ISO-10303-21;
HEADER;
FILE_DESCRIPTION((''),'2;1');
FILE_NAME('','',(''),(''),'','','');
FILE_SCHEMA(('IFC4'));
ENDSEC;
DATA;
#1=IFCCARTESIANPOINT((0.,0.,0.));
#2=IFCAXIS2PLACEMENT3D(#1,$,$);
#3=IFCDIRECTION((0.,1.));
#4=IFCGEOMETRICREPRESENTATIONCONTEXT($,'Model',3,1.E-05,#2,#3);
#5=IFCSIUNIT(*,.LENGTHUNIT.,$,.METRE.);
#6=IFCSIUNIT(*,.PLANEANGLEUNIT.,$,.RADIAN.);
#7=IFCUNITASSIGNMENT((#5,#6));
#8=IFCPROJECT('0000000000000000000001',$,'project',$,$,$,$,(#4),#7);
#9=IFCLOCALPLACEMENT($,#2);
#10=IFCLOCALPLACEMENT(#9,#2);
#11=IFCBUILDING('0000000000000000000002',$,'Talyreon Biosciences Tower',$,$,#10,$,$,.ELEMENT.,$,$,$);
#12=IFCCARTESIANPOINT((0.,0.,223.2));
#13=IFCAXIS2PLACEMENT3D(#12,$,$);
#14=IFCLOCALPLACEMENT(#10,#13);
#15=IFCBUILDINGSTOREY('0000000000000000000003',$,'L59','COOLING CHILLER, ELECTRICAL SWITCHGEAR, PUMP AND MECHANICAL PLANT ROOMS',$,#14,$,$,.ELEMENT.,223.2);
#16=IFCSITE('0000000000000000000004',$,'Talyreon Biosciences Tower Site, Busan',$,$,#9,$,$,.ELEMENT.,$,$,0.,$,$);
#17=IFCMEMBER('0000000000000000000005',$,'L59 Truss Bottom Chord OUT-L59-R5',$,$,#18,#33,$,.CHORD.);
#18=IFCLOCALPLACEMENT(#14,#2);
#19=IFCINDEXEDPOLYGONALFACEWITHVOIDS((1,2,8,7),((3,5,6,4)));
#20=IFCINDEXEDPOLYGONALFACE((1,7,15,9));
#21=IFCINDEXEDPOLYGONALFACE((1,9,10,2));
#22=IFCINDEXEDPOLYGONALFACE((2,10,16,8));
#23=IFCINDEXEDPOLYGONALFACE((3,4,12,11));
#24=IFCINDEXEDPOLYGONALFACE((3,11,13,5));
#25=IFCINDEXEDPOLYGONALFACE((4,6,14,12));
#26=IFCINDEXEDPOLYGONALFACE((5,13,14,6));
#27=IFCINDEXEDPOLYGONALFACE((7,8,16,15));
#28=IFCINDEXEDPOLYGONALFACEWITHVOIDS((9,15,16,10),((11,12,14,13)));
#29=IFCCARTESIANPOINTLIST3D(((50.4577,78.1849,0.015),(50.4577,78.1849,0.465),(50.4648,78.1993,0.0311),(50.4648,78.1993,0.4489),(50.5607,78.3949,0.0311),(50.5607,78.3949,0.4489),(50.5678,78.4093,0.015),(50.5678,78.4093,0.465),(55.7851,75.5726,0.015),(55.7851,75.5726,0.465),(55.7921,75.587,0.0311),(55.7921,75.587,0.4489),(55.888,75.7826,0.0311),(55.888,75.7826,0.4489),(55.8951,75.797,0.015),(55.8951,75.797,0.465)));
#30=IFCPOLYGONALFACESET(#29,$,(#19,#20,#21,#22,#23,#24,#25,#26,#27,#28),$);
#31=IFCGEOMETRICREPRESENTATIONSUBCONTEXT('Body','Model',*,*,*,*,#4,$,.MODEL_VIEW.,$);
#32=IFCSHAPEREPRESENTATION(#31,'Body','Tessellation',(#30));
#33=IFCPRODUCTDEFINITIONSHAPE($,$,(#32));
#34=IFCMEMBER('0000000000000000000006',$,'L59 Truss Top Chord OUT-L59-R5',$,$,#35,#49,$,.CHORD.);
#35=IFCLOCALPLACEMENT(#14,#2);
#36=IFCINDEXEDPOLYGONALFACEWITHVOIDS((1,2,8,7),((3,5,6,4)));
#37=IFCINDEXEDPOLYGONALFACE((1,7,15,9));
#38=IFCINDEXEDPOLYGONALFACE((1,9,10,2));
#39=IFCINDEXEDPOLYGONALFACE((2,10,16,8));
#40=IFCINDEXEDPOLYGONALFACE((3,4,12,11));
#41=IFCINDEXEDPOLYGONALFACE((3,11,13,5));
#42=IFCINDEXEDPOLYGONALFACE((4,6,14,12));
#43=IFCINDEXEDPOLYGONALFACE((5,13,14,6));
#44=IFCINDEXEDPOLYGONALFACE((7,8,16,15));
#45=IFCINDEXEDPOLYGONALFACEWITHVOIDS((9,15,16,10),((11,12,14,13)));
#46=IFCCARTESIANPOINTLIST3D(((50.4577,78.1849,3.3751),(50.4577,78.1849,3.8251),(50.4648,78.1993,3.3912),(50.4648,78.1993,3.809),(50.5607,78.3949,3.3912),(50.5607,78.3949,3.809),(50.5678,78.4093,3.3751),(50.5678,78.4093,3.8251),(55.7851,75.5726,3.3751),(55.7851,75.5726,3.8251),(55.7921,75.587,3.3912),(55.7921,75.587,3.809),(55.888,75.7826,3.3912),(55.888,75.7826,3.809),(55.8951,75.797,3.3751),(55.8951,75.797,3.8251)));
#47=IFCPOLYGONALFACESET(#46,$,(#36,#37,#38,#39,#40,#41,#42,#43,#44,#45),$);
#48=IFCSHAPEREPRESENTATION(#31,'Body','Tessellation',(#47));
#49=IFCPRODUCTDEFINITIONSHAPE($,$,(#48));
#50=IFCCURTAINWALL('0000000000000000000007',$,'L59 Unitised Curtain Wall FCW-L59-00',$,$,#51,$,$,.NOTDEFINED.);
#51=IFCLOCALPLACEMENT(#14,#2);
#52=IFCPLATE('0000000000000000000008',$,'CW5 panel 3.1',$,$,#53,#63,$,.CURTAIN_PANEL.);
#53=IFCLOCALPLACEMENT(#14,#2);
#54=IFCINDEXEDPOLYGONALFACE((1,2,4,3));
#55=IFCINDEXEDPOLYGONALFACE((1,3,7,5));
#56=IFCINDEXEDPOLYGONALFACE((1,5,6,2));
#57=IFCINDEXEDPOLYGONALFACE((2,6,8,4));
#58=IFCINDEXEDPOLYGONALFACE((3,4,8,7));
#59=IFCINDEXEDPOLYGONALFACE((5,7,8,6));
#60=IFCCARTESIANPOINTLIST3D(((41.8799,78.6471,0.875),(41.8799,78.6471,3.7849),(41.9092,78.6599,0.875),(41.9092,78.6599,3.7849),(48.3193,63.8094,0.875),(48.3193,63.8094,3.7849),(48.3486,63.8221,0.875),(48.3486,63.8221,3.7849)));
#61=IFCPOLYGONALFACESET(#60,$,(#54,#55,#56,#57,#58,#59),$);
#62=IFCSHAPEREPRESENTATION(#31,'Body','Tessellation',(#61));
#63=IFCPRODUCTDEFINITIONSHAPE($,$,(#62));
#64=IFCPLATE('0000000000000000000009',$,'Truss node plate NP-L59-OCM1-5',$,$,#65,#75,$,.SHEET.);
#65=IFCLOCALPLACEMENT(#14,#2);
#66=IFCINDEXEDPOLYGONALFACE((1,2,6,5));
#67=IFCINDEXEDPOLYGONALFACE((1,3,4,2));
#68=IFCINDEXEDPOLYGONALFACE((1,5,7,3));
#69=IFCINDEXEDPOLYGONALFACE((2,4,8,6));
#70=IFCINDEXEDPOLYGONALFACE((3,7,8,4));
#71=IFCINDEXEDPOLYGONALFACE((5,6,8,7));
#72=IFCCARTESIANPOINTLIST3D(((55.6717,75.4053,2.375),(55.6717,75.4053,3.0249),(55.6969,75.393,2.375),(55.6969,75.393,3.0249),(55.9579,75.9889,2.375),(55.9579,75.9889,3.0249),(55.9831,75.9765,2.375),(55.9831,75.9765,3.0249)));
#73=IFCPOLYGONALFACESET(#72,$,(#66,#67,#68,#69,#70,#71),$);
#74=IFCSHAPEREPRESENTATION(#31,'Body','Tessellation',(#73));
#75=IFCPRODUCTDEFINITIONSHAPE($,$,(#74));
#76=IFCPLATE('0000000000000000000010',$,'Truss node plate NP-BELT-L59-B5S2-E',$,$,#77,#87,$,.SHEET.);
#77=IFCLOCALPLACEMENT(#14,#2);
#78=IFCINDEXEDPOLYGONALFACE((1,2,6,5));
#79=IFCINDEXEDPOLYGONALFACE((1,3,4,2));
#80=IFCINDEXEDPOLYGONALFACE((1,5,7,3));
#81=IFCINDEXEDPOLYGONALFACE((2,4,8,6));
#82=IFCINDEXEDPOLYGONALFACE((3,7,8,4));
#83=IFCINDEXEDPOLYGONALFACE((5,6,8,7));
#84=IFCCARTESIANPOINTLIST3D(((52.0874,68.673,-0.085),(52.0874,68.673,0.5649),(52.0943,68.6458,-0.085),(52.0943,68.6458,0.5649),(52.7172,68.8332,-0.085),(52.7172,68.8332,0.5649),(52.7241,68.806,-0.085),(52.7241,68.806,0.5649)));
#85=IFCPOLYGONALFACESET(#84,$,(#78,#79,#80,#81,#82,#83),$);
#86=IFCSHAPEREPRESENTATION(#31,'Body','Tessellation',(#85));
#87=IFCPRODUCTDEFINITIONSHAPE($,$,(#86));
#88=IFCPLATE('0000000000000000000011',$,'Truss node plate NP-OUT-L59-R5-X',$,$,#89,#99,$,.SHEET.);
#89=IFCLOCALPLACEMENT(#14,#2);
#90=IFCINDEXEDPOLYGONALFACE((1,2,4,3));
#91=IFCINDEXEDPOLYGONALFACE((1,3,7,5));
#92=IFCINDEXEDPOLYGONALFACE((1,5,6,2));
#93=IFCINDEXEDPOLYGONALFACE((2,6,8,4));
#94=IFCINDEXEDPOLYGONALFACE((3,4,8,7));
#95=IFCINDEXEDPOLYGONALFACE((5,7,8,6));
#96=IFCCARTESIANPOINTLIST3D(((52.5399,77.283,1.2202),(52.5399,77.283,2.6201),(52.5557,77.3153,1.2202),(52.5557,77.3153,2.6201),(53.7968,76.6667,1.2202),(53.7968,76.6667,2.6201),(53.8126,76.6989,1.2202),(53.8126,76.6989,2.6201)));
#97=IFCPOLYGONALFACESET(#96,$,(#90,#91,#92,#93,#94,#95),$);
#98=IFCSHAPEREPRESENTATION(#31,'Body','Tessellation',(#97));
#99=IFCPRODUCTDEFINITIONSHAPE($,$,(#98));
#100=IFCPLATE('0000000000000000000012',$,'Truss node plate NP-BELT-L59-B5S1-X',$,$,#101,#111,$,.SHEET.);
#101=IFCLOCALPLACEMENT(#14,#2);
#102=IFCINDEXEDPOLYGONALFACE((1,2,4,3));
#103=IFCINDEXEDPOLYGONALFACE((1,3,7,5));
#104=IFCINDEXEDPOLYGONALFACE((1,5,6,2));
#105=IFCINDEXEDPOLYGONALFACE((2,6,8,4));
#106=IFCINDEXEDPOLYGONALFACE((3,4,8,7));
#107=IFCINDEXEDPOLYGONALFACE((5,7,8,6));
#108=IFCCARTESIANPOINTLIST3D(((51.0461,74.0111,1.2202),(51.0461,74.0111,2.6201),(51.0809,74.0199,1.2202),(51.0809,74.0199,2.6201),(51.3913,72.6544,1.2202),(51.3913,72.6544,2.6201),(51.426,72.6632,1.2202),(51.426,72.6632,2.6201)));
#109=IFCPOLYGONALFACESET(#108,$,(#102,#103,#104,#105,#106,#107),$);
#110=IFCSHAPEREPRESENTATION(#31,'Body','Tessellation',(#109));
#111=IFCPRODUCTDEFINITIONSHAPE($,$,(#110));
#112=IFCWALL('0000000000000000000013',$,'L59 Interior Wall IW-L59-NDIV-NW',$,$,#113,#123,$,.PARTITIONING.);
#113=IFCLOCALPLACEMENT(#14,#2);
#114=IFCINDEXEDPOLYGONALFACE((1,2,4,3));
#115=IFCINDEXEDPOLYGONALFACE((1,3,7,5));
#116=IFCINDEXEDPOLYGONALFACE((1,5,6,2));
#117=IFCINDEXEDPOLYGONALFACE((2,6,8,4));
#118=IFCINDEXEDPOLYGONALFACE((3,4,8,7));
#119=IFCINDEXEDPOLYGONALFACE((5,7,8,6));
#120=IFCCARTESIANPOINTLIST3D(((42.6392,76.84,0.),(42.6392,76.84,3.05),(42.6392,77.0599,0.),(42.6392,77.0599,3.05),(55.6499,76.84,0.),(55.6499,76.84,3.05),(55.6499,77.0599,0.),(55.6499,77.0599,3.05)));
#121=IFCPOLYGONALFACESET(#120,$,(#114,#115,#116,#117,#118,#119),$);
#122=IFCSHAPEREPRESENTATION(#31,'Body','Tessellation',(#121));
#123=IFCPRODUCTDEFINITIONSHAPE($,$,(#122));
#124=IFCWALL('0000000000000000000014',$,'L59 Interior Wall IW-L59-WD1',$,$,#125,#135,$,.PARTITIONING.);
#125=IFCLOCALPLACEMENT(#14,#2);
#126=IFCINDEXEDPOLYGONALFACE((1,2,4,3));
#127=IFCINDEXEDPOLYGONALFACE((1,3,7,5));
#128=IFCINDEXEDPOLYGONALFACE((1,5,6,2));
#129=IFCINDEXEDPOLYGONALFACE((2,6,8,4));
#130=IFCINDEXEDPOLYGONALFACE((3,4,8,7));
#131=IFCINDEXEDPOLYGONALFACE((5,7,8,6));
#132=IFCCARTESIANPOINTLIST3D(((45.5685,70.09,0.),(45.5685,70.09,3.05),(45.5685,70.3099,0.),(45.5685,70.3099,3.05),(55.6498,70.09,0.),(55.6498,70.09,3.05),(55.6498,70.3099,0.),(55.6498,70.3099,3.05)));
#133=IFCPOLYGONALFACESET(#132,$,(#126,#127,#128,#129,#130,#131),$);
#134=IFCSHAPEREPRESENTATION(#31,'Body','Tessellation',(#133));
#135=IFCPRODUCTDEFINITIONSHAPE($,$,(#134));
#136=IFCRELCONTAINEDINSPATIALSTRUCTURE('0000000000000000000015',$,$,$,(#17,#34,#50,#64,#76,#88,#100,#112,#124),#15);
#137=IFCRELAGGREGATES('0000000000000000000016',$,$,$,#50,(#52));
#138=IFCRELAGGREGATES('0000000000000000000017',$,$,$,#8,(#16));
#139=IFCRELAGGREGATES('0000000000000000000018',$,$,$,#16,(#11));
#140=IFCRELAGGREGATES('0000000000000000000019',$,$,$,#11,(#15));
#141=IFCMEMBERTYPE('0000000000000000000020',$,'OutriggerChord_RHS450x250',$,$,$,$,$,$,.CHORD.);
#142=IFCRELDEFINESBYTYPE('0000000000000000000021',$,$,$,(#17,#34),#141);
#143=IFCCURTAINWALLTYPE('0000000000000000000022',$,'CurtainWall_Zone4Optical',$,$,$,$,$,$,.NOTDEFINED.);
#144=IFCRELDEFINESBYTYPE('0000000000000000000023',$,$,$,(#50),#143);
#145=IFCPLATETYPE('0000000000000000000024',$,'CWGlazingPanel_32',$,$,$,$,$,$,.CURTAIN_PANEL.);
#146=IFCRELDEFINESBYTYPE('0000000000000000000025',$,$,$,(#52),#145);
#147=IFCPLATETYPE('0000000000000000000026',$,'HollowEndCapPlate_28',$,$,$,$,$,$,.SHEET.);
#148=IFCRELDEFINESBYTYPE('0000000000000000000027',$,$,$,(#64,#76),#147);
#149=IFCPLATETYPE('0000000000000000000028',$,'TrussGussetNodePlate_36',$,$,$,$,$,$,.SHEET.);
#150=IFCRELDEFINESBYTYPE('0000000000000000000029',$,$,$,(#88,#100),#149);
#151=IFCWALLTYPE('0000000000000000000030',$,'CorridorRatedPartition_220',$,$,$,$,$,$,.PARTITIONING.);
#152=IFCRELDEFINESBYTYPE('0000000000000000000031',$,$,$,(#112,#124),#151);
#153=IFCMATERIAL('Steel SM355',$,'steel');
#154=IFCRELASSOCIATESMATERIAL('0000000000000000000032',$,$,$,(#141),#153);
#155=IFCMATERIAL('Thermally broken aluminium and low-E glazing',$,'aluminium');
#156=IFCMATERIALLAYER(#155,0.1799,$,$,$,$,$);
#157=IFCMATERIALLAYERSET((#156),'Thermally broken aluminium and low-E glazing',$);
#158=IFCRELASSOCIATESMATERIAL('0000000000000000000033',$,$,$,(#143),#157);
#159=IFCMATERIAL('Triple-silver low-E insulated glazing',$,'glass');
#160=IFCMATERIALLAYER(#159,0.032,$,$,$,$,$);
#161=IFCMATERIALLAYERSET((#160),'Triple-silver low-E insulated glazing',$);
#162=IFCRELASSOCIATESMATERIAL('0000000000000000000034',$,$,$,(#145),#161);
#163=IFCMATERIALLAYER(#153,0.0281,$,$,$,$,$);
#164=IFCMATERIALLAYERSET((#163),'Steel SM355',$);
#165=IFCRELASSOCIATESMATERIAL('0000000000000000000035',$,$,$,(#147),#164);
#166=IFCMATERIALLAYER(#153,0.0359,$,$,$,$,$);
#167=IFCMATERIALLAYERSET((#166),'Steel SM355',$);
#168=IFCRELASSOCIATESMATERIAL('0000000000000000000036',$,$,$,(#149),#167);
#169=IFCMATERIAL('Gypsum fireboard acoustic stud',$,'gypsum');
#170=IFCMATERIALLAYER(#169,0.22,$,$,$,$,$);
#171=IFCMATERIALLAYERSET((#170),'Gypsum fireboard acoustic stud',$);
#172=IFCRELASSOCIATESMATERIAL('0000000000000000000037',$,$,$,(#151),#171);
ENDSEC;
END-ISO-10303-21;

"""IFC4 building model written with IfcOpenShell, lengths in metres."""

from ifc_helpers import new_model, si_unit, direction, frame, frame_2d, origin, origin_2d, place, context, subcontext, project, spatial, rectangle, hollow_rectangle, extrude, material, layer, layer_set, material_profile, profile_set, type_object, element, aggregate, save


model = new_model("IFC4")

# Units and contexts
model_context = context("Model", 3, precision=1e-05, world=origin(), true_north=direction((0.0, 1.0)))
body_context = subcontext(model_context, "Body", "Model", "MODEL_VIEW")
ifc_project = project(units=[si_unit("LENGTHUNIT", "METRE"), si_unit("PLANEANGLEUNIT", "RADIAN")], contexts=[model_context])

# Site, building, storey
site_placement = place(None, origin())
site = spatial("IfcSite", under=ifc_project, at=site_placement, Name="Talyreon Biosciences Tower Site, Busan", CompositionType="ELEMENT", RefElevation=0.0)
building_placement = place(site_placement, origin())
building = spatial("IfcBuilding", under=site, at=building_placement, Name="Talyreon Biosciences Tower", CompositionType="ELEMENT")
storey_placement = place(building_placement, frame((0.0, 0.0, 223.2)))
storey = spatial("IfcBuildingStorey", under=building, at=storey_placement, Name="L59", Description="COOLING CHILLER, ELECTRICAL SWITCHGEAR, PUMP AND MECHANICAL PLANT ROOMS", CompositionType="ELEMENT", Elevation=223.2)

# Shared definitions
ifc_material_1 = material(Name="Steel SM355", Category="steel")

# Members
ifc_material_profile_1 = material_profile(ifc_material_1, hollow_rectangle(XDim=0.25, YDim=0.45, WallThickness=0.0161, at=origin_2d()), Name="RHS 450x250x16")
ifc_profile_set_1 = profile_set([ifc_material_profile_1], Name="Steel SM355")
member_type_1 = type_object("IfcMemberType", Name="OutriggerChord_RHS450x250", PredefinedType="CHORD", material=ifc_profile_set_1)
for number, where, z_axis, x_axis, name in (
    (1, (55.8401, 75.6848, 0.24), (-0.897865, 0.440271, 0.0), (-0.440271, -0.897865, 0.0), "L59 Truss Bottom Chord OUT-L59-R5"),
    (2, (55.8401, 75.6848, 3.6001), (-0.897865, 0.440271, 0.0), (-0.440271, -0.897865, 0.0), "L59 Truss Top Chord OUT-L59-R5"),
):
    element("IfcMember", number, at=place(storey_placement, frame(where, z_axis=z_axis, x_axis=x_axis)), inside=storey, type_object=member_type_1, Name=name, PredefinedType="CHORD", context=body_context, shape_type="SweptSolid", body=[
        extrude(hollow_rectangle(XDim=0.25, YDim=0.45, WallThickness=0.0161, at=origin_2d()), origin(), (0.0, 0.0, 1.0), 5.9333),
    ])

# Curtain wall, plate
ifc_material_2 = material(Name="Thermally broken aluminium and low-E glazing", Category="aluminium")
ifc_layer_1 = layer(ifc_material_2, 0.1799)
ifc_layer_set_1 = layer_set([ifc_layer_1], Name="Thermally broken aluminium and low-E glazing")
curtain_wall_type = type_object("IfcCurtainWallType", Name="CurtainWall_Zone4Optical", PredefinedType="NOTDEFINED", material=ifc_layer_set_1)
curtain_wall_placement = place(storey_placement, origin())
curtain_wall = element("IfcCurtainWall", 3, at=curtain_wall_placement, inside=storey, type_object=curtain_wall_type, Name="L59 Unitised Curtain Wall FCW-L59-00", PredefinedType="NOTDEFINED")
ifc_material_3 = material(Name="Triple-silver low-E insulated glazing", Category="glass")
ifc_layer_2 = layer(ifc_material_3, 0.032)
ifc_layer_set_2 = layer_set([ifc_layer_2], Name="Triple-silver low-E insulated glazing")
plate_type_1 = type_object("IfcPlateType", Name="CWGlazingPanel_32", PredefinedType="CURTAIN_PANEL", material=ifc_layer_set_2)
plate_placement = place(storey_placement, frame((45.1143, 71.2346, 0.875), z_axis=(0.0, 0.0, 1.0), x_axis=(-0.398112, 0.917337, 0.0)))
plate = element("IfcPlate", 4, at=plate_placement, type_object=plate_type_1, Name="CW5 panel 3.1", PredefinedType="CURTAIN_PANEL", context=body_context, shape_type="SweptSolid", body=[
    extrude(rectangle(XDim=16.1748, YDim=0.032, at=origin_2d()), origin(), (0.0, 0.0, 1.0), 2.9099),
])
aggregate(curtain_wall, [plate])

# Plates
ifc_layer_3 = layer(ifc_material_1, 0.0281)
ifc_layer_set_3 = layer_set([ifc_layer_3], Name="Steel SM355")
plate_type_2 = type_object("IfcPlateType", Name="HollowEndCapPlate_28", PredefinedType="SHEET", material=ifc_layer_set_3)
for number, where, z_axis, x_axis, name in (
    (5, (55.8274, 75.6909, 2.375), (0.0, 0.0, 1.0), (-0.440284, -0.897859, 0.0), "Truss node plate NP-L59-OCM1-5"),
    (6, (52.4058, 68.7395, -0.085), (0.0, 0.0, 1.0), (0.969132, 0.246542, 0.0), "Truss node plate NP-BELT-L59-B5S2-E"),
):
    element("IfcPlate", number, at=place(storey_placement, frame(where, z_axis=z_axis, x_axis=x_axis)), inside=storey, type_object=plate_type_2, Name=name, PredefinedType="SHEET", context=body_context, shape_type="SweptSolid", body=[
        extrude(rectangle(XDim=0.6499, YDim=0.0281, at=origin_2d()), origin(), (0.0, 0.0, 1.0), 0.6499),
    ])
ifc_layer_4 = layer(ifc_material_1, 0.0359)
ifc_layer_set_4 = layer_set([ifc_layer_4], Name="Steel SM355")
plate_type_3 = type_object("IfcPlateType", Name="TrussGussetNodePlate_36", PredefinedType="SHEET", material=ifc_layer_set_4)
for number, where, z_axis, x_axis, name in (
    (7, (53.1763, 76.991, 1.2202), (0.0, 0.0, 1.0), (-0.897859, 0.440284, 0.0), "Truss node plate NP-OUT-L59-R5-X"),
    (8, (51.2361, 73.3372, 1.2202), (0.0, 0.0, 1.0), (0.246542, -0.969132, 0.0), "Truss node plate NP-BELT-L59-B5S1-X"),
):
    element("IfcPlate", number, at=place(storey_placement, frame(where, z_axis=z_axis, x_axis=x_axis)), inside=storey, type_object=plate_type_3, Name=name, PredefinedType="SHEET", context=body_context, shape_type="SweptSolid", body=[
        extrude(rectangle(XDim=1.3999, YDim=0.0359, at=origin_2d()), origin(), (0.0, 0.0, 1.0), 1.3999),
    ])

# Walls
ifc_material_4 = material(Name="Gypsum fireboard acoustic stud", Category="gypsum")
ifc_layer_5 = layer(ifc_material_4, 0.22)
ifc_layer_set_5 = layer_set([ifc_layer_5], Name="Gypsum fireboard acoustic stud")
wall_type = type_object("IfcWallType", Name="CorridorRatedPartition_220", PredefinedType="PARTITIONING", material=ifc_layer_set_5)
wall_1_placement = place(storey_placement, frame((42.6392, 76.95, 0.0), z_axis=(0.0, 0.0, 1.0), x_axis=(1.0, 0.0, 0.0)))
element("IfcWall", 9, at=wall_1_placement, inside=storey, type_object=wall_type, Name="L59 Interior Wall IW-L59-NDIV-NW", PredefinedType="PARTITIONING", context=body_context, shape_type="SweptSolid", body=[
    extrude(rectangle(XDim=13.0107, YDim=0.22, at=frame_2d((6.5054, 0.0))), origin(), (0.0, 0.0, 1.0), 3.05),
])
wall_2_placement = place(storey_placement, frame((45.5686, 70.2, 0.0), z_axis=(0.0, 0.0, 1.0), x_axis=(1.0, 0.0, 0.0)))
element("IfcWall", 10, at=wall_2_placement, inside=storey, type_object=wall_type, Name="L59 Interior Wall IW-L59-WD1", PredefinedType="PARTITIONING", context=body_context, shape_type="SweptSolid", body=[
    extrude(rectangle(XDim=10.0813, YDim=0.22, at=frame_2d((5.0405, 0.0))), origin(), (0.0, 0.0, 1.0), 3.05),
])

save(model, "model.ifc")
